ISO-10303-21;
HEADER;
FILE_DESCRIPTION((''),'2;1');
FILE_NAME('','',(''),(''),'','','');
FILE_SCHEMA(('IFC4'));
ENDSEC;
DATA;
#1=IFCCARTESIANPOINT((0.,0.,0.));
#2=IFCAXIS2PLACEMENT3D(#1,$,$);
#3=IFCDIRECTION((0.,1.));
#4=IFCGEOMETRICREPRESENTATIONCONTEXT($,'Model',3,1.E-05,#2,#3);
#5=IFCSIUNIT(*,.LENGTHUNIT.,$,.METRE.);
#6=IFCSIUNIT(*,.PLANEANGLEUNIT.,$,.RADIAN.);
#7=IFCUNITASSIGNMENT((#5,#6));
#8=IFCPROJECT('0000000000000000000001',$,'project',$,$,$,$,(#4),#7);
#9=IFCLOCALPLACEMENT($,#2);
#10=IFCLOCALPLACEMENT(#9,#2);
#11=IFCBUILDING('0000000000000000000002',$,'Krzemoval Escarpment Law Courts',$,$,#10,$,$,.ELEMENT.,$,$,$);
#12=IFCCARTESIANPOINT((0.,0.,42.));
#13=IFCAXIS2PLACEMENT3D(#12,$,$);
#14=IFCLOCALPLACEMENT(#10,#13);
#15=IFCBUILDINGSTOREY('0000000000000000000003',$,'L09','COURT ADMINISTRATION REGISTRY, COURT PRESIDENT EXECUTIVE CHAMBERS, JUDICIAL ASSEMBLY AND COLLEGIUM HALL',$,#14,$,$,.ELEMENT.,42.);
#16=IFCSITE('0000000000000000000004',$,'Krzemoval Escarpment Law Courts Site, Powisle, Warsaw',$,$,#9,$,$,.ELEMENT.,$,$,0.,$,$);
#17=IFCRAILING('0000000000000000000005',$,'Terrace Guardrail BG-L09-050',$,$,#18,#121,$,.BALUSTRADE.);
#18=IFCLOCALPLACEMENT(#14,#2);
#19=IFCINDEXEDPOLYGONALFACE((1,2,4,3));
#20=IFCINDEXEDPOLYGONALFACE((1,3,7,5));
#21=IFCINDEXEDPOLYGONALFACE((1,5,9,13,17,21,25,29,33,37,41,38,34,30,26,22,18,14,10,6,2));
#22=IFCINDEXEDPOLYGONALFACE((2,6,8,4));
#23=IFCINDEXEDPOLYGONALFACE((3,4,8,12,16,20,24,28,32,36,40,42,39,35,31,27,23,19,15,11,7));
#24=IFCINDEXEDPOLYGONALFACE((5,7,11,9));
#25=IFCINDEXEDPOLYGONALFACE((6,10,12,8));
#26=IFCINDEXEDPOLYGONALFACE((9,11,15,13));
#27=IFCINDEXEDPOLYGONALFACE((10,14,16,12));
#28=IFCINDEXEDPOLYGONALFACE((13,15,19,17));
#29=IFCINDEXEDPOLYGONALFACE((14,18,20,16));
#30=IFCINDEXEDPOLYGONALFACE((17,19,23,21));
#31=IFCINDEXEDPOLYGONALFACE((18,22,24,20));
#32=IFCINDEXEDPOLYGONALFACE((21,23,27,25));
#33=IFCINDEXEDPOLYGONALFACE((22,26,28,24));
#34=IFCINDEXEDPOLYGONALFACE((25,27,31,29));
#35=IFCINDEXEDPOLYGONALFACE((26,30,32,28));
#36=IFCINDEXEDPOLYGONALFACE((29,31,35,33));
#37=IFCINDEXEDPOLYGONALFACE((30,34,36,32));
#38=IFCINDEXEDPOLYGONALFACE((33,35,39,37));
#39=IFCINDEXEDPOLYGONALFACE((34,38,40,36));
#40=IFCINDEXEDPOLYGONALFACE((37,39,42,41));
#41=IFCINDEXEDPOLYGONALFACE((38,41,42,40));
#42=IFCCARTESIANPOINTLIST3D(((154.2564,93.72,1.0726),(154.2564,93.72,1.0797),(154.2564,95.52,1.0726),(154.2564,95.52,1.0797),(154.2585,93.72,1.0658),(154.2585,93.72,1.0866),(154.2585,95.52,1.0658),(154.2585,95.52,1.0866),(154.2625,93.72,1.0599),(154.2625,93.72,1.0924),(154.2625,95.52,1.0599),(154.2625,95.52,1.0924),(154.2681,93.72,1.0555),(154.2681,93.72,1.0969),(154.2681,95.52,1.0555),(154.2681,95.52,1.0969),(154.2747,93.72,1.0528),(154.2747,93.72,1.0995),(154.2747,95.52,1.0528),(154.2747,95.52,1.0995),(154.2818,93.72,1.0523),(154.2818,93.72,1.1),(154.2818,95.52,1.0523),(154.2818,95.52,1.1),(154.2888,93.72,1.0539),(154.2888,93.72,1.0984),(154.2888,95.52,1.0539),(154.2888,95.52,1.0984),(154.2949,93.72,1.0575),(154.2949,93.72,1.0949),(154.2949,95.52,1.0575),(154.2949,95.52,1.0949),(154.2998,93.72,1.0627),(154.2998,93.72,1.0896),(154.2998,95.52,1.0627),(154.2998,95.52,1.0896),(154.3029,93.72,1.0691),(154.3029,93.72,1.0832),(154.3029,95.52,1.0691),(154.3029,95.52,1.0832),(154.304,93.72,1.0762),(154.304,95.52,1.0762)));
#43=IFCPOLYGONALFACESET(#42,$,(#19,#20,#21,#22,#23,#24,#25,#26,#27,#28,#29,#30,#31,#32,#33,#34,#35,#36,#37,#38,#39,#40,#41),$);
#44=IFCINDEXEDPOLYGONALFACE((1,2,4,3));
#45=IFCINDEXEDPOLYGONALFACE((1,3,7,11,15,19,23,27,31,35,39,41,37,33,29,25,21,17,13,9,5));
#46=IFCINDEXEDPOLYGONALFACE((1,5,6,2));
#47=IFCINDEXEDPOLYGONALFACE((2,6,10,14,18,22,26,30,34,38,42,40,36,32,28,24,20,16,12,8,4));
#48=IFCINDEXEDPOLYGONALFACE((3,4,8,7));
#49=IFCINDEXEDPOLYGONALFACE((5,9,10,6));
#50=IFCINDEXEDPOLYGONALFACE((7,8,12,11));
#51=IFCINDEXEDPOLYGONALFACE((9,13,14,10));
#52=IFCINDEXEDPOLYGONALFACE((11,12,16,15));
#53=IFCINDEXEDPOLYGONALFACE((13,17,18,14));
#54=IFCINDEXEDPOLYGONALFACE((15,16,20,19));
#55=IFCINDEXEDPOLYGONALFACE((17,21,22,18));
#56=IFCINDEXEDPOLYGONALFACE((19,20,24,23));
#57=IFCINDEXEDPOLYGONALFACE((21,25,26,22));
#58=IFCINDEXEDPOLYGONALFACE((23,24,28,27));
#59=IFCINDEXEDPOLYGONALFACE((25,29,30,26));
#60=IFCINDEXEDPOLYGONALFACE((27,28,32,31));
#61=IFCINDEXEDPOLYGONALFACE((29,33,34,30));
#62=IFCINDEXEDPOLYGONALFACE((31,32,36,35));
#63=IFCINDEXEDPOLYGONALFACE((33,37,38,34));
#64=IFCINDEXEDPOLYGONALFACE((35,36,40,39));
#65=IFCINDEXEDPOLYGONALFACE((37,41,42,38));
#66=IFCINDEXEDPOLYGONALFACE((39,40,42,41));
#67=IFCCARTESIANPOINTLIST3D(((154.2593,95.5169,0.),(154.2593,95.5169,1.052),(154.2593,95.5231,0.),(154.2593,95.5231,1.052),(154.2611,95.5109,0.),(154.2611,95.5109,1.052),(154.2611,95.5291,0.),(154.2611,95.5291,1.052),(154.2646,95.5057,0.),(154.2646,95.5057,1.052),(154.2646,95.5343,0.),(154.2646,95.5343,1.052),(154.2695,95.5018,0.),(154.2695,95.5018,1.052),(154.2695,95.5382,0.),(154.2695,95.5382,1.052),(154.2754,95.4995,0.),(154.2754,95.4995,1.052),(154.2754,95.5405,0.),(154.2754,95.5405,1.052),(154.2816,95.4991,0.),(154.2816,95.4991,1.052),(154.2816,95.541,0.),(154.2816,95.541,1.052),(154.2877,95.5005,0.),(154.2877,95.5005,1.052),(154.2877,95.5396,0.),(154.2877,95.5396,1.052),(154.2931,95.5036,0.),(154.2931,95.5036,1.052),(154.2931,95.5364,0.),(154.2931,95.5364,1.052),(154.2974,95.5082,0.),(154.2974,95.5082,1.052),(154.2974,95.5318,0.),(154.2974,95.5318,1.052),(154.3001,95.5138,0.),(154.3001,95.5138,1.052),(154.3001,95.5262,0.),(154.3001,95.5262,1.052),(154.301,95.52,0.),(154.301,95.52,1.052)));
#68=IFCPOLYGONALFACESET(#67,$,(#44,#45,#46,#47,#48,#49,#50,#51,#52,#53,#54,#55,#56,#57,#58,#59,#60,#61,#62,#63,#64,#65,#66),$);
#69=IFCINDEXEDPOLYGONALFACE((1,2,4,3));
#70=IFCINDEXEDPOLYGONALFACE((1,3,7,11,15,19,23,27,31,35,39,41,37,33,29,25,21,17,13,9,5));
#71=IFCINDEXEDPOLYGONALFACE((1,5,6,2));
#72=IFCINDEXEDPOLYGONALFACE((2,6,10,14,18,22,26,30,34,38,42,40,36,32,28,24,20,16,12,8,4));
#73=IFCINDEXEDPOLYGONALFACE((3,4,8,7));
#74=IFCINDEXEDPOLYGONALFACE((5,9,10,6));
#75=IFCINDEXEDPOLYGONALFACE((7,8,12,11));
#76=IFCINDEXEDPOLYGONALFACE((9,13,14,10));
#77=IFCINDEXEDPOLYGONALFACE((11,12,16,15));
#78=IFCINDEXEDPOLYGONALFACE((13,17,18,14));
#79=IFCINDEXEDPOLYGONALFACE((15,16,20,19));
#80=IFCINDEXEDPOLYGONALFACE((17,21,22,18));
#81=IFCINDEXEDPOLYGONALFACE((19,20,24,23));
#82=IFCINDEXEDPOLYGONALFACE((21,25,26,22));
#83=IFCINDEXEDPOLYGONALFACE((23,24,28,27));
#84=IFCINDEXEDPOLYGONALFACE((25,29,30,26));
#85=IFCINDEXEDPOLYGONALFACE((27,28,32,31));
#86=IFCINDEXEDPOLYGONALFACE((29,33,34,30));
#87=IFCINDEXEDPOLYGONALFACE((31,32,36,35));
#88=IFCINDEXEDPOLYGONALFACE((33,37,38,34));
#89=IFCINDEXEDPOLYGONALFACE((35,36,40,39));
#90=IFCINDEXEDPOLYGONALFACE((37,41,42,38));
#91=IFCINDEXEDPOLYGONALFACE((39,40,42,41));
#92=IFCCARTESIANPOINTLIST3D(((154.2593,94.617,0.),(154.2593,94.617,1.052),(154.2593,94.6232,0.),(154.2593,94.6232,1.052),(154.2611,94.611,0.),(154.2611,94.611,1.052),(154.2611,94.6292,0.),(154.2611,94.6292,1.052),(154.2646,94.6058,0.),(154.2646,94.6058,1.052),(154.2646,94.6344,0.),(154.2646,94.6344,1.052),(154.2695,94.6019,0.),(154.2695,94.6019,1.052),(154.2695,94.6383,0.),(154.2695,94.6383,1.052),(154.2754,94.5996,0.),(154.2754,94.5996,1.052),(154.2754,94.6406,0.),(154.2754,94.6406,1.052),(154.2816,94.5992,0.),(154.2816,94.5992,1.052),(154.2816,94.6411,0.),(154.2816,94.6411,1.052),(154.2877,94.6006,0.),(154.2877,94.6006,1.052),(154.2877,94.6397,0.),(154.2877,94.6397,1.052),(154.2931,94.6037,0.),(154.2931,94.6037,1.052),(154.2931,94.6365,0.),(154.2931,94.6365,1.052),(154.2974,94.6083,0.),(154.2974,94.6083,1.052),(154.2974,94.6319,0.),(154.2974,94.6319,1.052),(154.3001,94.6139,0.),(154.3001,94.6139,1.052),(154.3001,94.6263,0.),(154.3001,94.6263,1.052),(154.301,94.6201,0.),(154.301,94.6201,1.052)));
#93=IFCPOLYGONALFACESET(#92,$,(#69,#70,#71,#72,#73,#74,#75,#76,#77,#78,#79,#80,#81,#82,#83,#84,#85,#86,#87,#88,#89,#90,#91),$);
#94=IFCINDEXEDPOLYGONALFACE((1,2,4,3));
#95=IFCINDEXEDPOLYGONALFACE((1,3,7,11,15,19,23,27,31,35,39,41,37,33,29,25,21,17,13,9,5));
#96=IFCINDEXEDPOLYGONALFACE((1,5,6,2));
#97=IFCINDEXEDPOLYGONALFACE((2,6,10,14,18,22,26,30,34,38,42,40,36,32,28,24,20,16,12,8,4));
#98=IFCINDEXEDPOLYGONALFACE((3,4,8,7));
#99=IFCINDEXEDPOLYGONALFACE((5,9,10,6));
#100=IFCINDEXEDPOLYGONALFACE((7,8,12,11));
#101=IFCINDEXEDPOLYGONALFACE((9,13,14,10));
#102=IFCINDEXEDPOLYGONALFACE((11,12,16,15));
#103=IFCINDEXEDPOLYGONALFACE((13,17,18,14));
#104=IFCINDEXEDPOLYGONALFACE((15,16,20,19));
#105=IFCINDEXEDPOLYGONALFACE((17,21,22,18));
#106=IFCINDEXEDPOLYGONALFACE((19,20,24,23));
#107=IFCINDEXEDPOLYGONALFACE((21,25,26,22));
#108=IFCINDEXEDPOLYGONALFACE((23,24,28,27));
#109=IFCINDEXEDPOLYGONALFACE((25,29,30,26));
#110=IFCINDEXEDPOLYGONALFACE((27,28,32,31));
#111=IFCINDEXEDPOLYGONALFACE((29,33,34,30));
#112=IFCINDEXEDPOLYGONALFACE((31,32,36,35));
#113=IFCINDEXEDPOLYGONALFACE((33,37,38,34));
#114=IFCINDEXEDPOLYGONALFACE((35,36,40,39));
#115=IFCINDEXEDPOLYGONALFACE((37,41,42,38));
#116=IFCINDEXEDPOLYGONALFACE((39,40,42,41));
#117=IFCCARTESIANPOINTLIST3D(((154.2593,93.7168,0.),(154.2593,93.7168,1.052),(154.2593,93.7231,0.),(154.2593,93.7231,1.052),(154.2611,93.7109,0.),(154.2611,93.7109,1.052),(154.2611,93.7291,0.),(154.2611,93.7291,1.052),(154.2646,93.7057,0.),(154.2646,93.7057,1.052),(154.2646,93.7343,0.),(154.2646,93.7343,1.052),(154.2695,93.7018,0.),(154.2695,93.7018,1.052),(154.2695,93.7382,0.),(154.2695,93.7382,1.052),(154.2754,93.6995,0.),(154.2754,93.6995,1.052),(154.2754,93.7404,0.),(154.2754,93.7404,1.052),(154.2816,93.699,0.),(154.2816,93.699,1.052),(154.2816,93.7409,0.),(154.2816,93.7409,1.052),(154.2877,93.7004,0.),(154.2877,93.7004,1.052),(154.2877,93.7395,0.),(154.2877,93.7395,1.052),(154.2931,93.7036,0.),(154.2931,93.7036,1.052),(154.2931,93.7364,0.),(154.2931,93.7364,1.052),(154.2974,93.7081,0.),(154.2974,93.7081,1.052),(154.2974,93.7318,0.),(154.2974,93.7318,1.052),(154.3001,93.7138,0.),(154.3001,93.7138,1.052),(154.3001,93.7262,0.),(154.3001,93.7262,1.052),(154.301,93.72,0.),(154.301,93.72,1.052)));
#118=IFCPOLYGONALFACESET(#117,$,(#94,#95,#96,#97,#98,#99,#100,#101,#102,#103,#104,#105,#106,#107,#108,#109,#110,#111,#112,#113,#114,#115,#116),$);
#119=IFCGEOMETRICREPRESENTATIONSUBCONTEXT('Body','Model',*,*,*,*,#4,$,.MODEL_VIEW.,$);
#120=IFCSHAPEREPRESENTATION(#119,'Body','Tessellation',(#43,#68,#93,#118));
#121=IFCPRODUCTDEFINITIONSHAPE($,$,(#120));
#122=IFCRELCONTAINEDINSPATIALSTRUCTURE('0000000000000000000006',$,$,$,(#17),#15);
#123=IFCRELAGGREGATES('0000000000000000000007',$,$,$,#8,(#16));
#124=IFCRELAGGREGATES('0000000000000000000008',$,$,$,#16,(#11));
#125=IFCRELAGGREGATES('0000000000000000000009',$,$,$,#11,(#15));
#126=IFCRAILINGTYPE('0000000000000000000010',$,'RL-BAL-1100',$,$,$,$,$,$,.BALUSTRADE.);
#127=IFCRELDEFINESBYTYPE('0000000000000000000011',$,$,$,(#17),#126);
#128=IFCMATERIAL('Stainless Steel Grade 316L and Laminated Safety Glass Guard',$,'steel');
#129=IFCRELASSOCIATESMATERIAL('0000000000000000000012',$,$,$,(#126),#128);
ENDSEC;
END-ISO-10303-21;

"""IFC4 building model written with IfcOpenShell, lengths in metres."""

from ifc_helpers import new_model, si_unit, direction, frame, origin, origin_2d, place, context, subcontext, project, spatial, circle, extrude, material, type_object, element, save


model = new_model("IFC4")

# Units and contexts
model_context = context("Model", 3, precision=1e-05, world=origin(), true_north=direction((0.0, 1.0)))
body_context = subcontext(model_context, "Body", "Model", "MODEL_VIEW")
ifc_project = project(units=[si_unit("LENGTHUNIT", "METRE"), si_unit("PLANEANGLEUNIT", "RADIAN")], contexts=[model_context])

# Site, building, storey
site_placement = place(None, origin())
site = spatial("IfcSite", under=ifc_project, at=site_placement, Name="Krzemoval Escarpment Law Courts Site, Powisle, Warsaw", CompositionType="ELEMENT", RefElevation=0.0)
building_placement = place(site_placement, origin())
building = spatial("IfcBuilding", under=site, at=building_placement, Name="Krzemoval Escarpment Law Courts", CompositionType="ELEMENT")
storey_placement = place(building_placement, frame((0.0, 0.0, 42.0)))
storey = spatial("IfcBuildingStorey", under=building, at=storey_placement, Name="L09", Description="COURT ADMINISTRATION REGISTRY, COURT PRESIDENT EXECUTIVE CHAMBERS, JUDICIAL ASSEMBLY AND COLLEGIUM HALL", CompositionType="ELEMENT", Elevation=42.0)

# Railing
ifc_material_1 = material(Name="Stainless Steel Grade 316L and Laminated Safety Glass Guard", Category="steel")
railing_type = type_object("IfcRailingType", Name="RL-BAL-1100", PredefinedType="BALUSTRADE", material=ifc_material_1)
railing_1_placement = place(storey_placement, frame((154.28, 95.52, 0.0)))
element("IfcRailing", 1, at=railing_1_placement, inside=storey, type_object=railing_type, Name="Terrace Guardrail BG-L09-050", PredefinedType="BALUSTRADE", context=body_context, shape_type="SweptSolid", body=[
    extrude(circle(Radius=0.0239, at=origin_2d()), frame((0.0, 0.0, 1.0762), z_axis=(0.0, -1.0, 0.0), x_axis=(1.0, 0.0, 0.0)), (0.0, 0.0, 1.0), 1.8),
    extrude(circle(Radius=0.021, at=origin_2d()), origin(), (0.0, 0.0, 1.0), 1.052),
    extrude(circle(Radius=0.021, at=origin_2d()), frame((0.0, -0.8999, 0.0)), (0.0, 0.0, 1.0), 1.052),
    extrude(circle(Radius=0.021, at=origin_2d()), frame((0.0, -1.8, 0.0)), (0.0, 0.0, 1.0), 1.052),
])

save(model, "model.ifc")
